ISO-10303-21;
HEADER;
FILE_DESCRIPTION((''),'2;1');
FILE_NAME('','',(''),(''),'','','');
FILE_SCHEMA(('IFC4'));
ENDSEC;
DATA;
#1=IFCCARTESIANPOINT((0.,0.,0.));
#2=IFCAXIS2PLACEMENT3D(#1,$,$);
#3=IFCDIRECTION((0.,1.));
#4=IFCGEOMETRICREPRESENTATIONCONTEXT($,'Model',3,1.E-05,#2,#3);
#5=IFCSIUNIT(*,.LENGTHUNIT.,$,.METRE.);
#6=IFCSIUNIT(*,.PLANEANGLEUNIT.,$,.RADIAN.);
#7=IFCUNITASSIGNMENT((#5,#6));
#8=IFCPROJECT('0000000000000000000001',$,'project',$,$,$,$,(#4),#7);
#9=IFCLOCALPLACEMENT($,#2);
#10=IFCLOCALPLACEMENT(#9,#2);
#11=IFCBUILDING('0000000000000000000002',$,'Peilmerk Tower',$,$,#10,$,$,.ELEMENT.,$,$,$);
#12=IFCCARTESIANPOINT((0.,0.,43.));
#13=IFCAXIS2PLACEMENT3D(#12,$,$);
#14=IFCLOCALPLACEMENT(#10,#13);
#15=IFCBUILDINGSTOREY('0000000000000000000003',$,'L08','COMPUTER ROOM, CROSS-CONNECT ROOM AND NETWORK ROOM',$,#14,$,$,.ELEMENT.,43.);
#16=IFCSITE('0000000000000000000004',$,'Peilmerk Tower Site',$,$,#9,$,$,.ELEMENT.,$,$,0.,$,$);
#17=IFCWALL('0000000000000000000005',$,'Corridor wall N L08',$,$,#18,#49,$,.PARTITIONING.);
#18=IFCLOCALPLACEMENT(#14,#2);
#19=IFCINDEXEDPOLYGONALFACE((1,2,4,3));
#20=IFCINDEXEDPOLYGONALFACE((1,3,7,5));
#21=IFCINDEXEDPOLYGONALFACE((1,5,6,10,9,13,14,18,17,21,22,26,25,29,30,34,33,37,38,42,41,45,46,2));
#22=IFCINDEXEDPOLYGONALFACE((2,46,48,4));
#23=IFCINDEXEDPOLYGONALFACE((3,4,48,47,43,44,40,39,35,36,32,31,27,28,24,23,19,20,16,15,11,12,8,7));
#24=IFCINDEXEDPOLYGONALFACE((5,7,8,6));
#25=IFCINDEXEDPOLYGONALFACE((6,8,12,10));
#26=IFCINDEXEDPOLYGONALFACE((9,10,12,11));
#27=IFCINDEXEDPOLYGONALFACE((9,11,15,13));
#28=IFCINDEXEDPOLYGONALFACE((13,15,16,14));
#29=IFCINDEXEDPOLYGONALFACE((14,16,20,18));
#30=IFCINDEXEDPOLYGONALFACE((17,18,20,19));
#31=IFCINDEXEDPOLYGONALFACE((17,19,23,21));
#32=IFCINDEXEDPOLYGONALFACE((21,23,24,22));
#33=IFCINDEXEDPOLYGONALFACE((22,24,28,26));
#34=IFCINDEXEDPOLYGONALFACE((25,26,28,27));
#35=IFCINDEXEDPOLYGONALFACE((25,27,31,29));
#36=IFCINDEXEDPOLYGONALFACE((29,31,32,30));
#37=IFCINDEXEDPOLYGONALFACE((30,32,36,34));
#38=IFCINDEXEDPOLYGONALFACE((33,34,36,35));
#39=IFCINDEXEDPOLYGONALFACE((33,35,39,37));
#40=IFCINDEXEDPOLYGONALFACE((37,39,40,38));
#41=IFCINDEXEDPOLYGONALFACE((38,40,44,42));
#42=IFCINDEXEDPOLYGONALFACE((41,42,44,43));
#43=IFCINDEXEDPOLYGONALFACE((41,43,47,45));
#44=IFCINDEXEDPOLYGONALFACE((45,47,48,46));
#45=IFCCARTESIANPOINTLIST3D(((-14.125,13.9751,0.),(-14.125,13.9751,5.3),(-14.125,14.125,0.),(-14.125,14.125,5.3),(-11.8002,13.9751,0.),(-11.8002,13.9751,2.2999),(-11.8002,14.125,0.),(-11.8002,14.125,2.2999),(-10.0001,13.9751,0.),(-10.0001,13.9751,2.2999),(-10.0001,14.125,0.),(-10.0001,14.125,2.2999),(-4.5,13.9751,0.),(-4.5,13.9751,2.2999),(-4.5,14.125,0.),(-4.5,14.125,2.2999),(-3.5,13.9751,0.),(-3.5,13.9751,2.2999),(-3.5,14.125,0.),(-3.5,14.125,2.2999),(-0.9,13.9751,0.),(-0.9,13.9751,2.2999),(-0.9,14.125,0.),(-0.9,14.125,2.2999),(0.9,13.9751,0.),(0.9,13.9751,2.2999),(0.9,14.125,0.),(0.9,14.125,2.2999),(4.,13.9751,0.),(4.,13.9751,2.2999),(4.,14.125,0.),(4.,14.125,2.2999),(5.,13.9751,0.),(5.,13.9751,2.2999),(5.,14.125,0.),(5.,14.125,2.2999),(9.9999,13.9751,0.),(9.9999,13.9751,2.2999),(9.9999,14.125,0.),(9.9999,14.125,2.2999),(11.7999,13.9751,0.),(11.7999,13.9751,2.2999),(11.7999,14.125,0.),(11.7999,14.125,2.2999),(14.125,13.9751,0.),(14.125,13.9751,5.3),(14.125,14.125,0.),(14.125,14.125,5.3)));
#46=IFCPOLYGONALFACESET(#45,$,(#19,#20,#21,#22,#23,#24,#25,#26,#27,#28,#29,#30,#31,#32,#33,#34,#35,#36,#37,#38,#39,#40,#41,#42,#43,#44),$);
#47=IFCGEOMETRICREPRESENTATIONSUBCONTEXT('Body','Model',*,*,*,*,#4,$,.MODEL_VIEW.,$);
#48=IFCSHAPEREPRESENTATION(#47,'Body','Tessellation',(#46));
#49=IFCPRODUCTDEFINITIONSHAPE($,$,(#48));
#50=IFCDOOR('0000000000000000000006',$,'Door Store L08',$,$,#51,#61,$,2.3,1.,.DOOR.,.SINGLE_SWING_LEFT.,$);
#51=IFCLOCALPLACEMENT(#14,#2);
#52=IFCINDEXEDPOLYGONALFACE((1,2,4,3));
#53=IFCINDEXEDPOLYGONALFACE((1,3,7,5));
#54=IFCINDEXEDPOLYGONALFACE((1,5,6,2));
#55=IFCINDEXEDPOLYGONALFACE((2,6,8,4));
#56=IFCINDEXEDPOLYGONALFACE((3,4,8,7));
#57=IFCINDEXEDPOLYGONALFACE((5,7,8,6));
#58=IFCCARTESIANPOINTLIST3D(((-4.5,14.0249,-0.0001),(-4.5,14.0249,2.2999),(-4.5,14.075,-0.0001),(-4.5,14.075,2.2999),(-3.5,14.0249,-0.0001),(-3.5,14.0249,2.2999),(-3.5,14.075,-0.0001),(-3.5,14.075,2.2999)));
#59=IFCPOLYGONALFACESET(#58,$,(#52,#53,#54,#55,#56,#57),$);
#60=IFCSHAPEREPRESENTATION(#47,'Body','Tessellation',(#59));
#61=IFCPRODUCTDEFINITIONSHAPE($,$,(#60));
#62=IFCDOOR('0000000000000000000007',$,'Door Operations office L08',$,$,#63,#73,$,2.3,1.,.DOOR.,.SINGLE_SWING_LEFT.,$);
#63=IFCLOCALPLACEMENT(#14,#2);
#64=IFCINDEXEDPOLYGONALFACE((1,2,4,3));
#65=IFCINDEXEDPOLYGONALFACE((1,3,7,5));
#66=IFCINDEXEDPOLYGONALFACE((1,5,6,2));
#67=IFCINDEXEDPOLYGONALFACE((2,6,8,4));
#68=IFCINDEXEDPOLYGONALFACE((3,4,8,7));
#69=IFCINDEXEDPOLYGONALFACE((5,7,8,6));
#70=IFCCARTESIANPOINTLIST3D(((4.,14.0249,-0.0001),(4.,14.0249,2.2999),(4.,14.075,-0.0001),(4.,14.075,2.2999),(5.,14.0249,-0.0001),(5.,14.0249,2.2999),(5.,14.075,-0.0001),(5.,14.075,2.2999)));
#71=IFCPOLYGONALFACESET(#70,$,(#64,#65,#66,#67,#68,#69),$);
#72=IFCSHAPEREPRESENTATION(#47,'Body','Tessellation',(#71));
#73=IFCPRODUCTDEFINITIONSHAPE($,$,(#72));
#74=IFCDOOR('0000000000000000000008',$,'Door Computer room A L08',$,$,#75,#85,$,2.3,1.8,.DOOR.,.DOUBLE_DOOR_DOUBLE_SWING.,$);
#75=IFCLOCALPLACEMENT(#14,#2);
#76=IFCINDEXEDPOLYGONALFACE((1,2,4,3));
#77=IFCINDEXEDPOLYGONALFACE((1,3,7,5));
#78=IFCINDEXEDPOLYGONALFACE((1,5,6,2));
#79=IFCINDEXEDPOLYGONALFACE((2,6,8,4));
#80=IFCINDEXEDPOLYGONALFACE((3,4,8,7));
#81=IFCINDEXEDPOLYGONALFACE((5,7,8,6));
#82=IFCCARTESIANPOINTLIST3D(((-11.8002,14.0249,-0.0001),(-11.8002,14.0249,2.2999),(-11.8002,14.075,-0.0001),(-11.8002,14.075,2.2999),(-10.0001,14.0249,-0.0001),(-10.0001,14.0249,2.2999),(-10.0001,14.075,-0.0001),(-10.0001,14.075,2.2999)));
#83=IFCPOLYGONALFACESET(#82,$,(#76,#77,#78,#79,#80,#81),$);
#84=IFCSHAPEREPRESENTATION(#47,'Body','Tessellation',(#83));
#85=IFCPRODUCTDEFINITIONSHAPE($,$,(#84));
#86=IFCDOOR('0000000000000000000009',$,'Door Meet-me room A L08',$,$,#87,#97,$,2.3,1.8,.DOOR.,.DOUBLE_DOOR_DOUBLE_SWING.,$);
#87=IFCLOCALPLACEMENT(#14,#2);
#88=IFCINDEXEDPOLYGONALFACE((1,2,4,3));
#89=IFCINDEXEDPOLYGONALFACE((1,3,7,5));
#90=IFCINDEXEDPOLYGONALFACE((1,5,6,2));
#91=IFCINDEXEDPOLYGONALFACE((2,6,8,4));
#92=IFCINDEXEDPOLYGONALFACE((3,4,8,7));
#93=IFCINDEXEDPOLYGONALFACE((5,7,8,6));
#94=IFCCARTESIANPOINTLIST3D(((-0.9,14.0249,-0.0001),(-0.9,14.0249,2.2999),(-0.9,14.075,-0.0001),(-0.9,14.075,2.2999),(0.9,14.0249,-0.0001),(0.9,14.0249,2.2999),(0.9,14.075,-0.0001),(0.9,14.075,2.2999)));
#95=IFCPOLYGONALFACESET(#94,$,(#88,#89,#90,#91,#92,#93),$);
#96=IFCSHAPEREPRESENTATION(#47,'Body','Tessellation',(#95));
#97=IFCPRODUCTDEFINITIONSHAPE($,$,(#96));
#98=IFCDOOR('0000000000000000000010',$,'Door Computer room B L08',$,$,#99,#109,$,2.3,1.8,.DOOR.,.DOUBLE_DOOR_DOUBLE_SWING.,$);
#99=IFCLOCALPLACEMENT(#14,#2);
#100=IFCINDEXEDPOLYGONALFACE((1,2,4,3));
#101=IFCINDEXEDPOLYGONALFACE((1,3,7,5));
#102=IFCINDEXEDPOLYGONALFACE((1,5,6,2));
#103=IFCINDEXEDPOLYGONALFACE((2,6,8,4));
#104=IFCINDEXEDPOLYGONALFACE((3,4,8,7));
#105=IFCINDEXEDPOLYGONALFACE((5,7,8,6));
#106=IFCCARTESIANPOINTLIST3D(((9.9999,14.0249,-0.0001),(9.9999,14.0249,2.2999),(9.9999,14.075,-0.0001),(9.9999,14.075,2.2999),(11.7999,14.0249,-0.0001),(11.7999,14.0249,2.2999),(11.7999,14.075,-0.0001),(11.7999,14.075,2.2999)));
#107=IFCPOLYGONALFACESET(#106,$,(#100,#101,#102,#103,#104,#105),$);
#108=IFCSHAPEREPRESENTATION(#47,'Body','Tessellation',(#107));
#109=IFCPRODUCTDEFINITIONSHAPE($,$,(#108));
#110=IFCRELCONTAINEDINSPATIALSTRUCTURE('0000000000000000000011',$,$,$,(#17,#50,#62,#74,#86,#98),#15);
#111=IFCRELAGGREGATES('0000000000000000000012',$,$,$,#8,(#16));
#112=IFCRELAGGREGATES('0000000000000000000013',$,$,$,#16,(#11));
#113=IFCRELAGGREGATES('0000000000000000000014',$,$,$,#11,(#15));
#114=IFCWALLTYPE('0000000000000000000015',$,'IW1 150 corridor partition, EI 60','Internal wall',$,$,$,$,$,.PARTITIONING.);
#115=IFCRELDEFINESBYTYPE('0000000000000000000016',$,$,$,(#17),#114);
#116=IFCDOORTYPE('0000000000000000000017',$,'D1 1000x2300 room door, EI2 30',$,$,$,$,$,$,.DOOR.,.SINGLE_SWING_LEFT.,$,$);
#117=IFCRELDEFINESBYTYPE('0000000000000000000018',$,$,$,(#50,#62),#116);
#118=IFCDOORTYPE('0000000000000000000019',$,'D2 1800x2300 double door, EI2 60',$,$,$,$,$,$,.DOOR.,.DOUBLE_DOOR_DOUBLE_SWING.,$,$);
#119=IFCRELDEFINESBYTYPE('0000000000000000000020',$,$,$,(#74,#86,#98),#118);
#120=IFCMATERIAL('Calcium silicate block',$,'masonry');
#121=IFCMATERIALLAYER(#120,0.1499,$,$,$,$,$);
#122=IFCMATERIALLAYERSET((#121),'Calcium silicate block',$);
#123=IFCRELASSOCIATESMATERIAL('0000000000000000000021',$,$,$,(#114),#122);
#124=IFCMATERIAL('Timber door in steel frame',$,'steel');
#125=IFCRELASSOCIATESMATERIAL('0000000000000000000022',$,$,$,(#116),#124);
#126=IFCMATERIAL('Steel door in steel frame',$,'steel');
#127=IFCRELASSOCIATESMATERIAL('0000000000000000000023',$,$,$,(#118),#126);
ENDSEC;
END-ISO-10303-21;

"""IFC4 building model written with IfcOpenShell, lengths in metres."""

from ifc_helpers import new_model, si_unit, direction, frame, frame_2d, origin, place, context, subcontext, project, spatial, rectangle, extrude, material, layer, layer_set, type_object, element, fill, save


model = new_model("IFC4")

# Units and contexts
model_context = context("Model", 3, precision=1e-05, world=origin(), true_north=direction((0.0, 1.0)))
body_context = subcontext(model_context, "Body", "Model", "MODEL_VIEW")
ifc_project = project(units=[si_unit("LENGTHUNIT", "METRE"), si_unit("PLANEANGLEUNIT", "RADIAN")], contexts=[model_context])

# Site, building, storey
site_placement = place(None, origin())
site = spatial("IfcSite", under=ifc_project, at=site_placement, Name="Peilmerk Tower Site", CompositionType="ELEMENT", RefElevation=0.0)
building_placement = place(site_placement, origin())
building = spatial("IfcBuilding", under=site, at=building_placement, Name="Peilmerk Tower", CompositionType="ELEMENT")
storey_placement = place(building_placement, frame((0.0, 0.0, 43.0)))
storey = spatial("IfcBuildingStorey", under=building, at=storey_placement, Name="L08", Description="COMPUTER ROOM, CROSS-CONNECT ROOM AND NETWORK ROOM", CompositionType="ELEMENT", Elevation=43.0)

# Wall, openings, doors
ifc_material_1 = material(Name="Calcium silicate block", Category="masonry")
ifc_layer_1 = layer(ifc_material_1, 0.1499)
ifc_layer_set_1 = layer_set([ifc_layer_1], Name="Calcium silicate block")
wall_type_1 = type_object("IfcWallType", Name="IW1 150 corridor partition, EI 60", Description="Internal wall", PredefinedType="PARTITIONING", material=ifc_layer_set_1)
wall_1_placement = place(storey_placement, frame((-14.125, 14.05, 0.0), z_axis=(0.0, 0.0, 1.0), x_axis=(1.0, 0.0, 0.0)))
wall_1 = element("IfcWall", 1, at=wall_1_placement, inside=storey, type_object=wall_type_1, Name="Corridor wall N L08", PredefinedType="PARTITIONING", context=body_context, shape_type="SweptSolid", body=[
    extrude(rectangle(XDim=28.25, YDim=0.1499, at=frame_2d((14.125, 0.0))), origin(), (0.0, 0.0, 1.0), 5.3),
])
opening_1_placement = place(wall_1_placement, frame((2.325, 0.0, 0.0)))
opening_1 = element("IfcOpeningElement", 2, at=opening_1_placement, cuts=wall_1, PredefinedType="OPENING", context=body_context, shape_type="SweptSolid", body=[
    extrude(rectangle(XDim=1.8, YDim=2.3, at=frame_2d((0.8999, 1.1499))), frame((0.0, 0.085, 0.0), z_axis=(0.0, -1.0, 0.0), x_axis=(1.0, 0.0, 0.0)), (0.0, 0.0, 1.0), 0.1699),
])
opening_2_placement = place(wall_1_placement, frame((13.2251, 0.0, 0.0)))
opening_2 = element("IfcOpeningElement", 3, at=opening_2_placement, cuts=wall_1, PredefinedType="OPENING", context=body_context, shape_type="SweptSolid", body=[
    extrude(rectangle(XDim=1.8, YDim=2.3, at=frame_2d((0.8999, 1.1499))), frame((0.0, 0.085, 0.0), z_axis=(0.0, -1.0, 0.0), x_axis=(1.0, 0.0, 0.0)), (0.0, 0.0, 1.0), 0.1699),
])
opening_3_placement = place(wall_1_placement, frame((24.125, 0.0, 0.0)))
opening_3 = element("IfcOpeningElement", 4, at=opening_3_placement, cuts=wall_1, PredefinedType="OPENING", context=body_context, shape_type="SweptSolid", body=[
    extrude(rectangle(XDim=1.8, YDim=2.3, at=frame_2d((0.8999, 1.1499))), frame((0.0, 0.085, 0.0), z_axis=(0.0, -1.0, 0.0), x_axis=(1.0, 0.0, 0.0)), (0.0, 0.0, 1.0), 0.1699),
])
opening_4_placement = place(wall_1_placement, frame((9.625, 0.0, 0.0)))
opening_4 = element("IfcOpeningElement", 5, at=opening_4_placement, cuts=wall_1, PredefinedType="OPENING", context=body_context, shape_type="SweptSolid", body=[
    extrude(rectangle(XDim=1.0, YDim=2.3, at=frame_2d((0.5, 1.1499))), frame((0.0, 0.085, 0.0), z_axis=(0.0, -1.0, 0.0), x_axis=(1.0, 0.0, 0.0)), (0.0, 0.0, 1.0), 0.1699),
])
opening_5_placement = place(wall_1_placement, frame((18.125, 0.0, 0.0)))
opening_5 = element("IfcOpeningElement", 6, at=opening_5_placement, cuts=wall_1, PredefinedType="OPENING", context=body_context, shape_type="SweptSolid", body=[
    extrude(rectangle(XDim=1.0, YDim=2.3, at=frame_2d((0.5, 1.1499))), frame((0.0, 0.085, 0.0), z_axis=(0.0, -1.0, 0.0), x_axis=(1.0, 0.0, 0.0)), (0.0, 0.0, 1.0), 0.1699),
])
ifc_material_2 = material(Name="Timber door in steel frame", Category="steel")
door_type_1 = type_object("IfcDoorType", Name="D1 1000x2300 room door, EI2 30", OperationType="SINGLE_SWING_LEFT", PredefinedType="DOOR", material=ifc_material_2)
door_1_placement = place(opening_4_placement, origin())
door_1 = element("IfcDoor", 7, at=door_1_placement, inside=storey, type_object=door_type_1, Name="Door Store L08", OperationType="SINGLE_SWING_LEFT", OverallHeight=2.3, OverallWidth=1.0, PredefinedType="DOOR", context=body_context, shape_type="SweptSolid", body=[
    extrude(rectangle(XDim=1.0, YDim=2.3, at=frame_2d((0.5, 1.1499))), frame((0.0, 0.0249, 0.0), z_axis=(0.0, -1.0, 0.0), x_axis=(1.0, 0.0, 0.0)), (0.0, 0.0, 1.0), 0.05),
])
fill(opening_4, door_1)
door_2_placement = place(opening_5_placement, origin())
door_2 = element("IfcDoor", 8, at=door_2_placement, inside=storey, type_object=door_type_1, Name="Door Operations office L08", OperationType="SINGLE_SWING_LEFT", OverallHeight=2.3, OverallWidth=1.0, PredefinedType="DOOR", context=body_context, shape_type="SweptSolid", body=[
    extrude(rectangle(XDim=1.0, YDim=2.3, at=frame_2d((0.5, 1.1499))), frame((0.0, 0.0249, 0.0), z_axis=(0.0, -1.0, 0.0), x_axis=(1.0, 0.0, 0.0)), (0.0, 0.0, 1.0), 0.05),
])
fill(opening_5, door_2)
ifc_material_3 = material(Name="Steel door in steel frame", Category="steel")
door_type_2 = type_object("IfcDoorType", Name="D2 1800x2300 double door, EI2 60", OperationType="DOUBLE_DOOR_DOUBLE_SWING", PredefinedType="DOOR", material=ifc_material_3)
door_3_placement = place(opening_1_placement, origin())
door_3 = element("IfcDoor", 9, at=door_3_placement, inside=storey, type_object=door_type_2, Name="Door Computer room A L08", OperationType="DOUBLE_DOOR_DOUBLE_SWING", OverallHeight=2.3, OverallWidth=1.8, PredefinedType="DOOR", context=body_context, shape_type="SweptSolid", body=[
    extrude(rectangle(XDim=1.8, YDim=2.3, at=frame_2d((0.8999, 1.1499))), frame((0.0, 0.0249, 0.0), z_axis=(0.0, -1.0, 0.0), x_axis=(1.0, 0.0, 0.0)), (0.0, 0.0, 1.0), 0.05),
])
fill(opening_1, door_3)
door_4_placement = place(opening_2_placement, origin())
door_4 = element("IfcDoor", 10, at=door_4_placement, inside=storey, type_object=door_type_2, Name="Door Meet-me room A L08", OperationType="DOUBLE_DOOR_DOUBLE_SWING", OverallHeight=2.3, OverallWidth=1.8, PredefinedType="DOOR", context=body_context, shape_type="SweptSolid", body=[
    extrude(rectangle(XDim=1.8, YDim=2.3, at=frame_2d((0.8999, 1.1499))), frame((0.0, 0.0249, 0.0), z_axis=(0.0, -1.0, 0.0), x_axis=(1.0, 0.0, 0.0)), (0.0, 0.0, 1.0), 0.05),
])
fill(opening_2, door_4)
door_5_placement = place(opening_3_placement, origin())
door_5 = element("IfcDoor", 11, at=door_5_placement, inside=storey, type_object=door_type_2, Name="Door Computer room B L08", OperationType="DOUBLE_DOOR_DOUBLE_SWING", OverallHeight=2.3, OverallWidth=1.8, PredefinedType="DOOR", context=body_context, shape_type="SweptSolid", body=[
    extrude(rectangle(XDim=1.8, YDim=2.3, at=frame_2d((0.8999, 1.1499))), frame((0.0, 0.0249, 0.0), z_axis=(0.0, -1.0, 0.0), x_axis=(1.0, 0.0, 0.0)), (0.0, 0.0, 1.0), 0.05),
])
fill(opening_3, door_5)

save(model, "model.ifc")
